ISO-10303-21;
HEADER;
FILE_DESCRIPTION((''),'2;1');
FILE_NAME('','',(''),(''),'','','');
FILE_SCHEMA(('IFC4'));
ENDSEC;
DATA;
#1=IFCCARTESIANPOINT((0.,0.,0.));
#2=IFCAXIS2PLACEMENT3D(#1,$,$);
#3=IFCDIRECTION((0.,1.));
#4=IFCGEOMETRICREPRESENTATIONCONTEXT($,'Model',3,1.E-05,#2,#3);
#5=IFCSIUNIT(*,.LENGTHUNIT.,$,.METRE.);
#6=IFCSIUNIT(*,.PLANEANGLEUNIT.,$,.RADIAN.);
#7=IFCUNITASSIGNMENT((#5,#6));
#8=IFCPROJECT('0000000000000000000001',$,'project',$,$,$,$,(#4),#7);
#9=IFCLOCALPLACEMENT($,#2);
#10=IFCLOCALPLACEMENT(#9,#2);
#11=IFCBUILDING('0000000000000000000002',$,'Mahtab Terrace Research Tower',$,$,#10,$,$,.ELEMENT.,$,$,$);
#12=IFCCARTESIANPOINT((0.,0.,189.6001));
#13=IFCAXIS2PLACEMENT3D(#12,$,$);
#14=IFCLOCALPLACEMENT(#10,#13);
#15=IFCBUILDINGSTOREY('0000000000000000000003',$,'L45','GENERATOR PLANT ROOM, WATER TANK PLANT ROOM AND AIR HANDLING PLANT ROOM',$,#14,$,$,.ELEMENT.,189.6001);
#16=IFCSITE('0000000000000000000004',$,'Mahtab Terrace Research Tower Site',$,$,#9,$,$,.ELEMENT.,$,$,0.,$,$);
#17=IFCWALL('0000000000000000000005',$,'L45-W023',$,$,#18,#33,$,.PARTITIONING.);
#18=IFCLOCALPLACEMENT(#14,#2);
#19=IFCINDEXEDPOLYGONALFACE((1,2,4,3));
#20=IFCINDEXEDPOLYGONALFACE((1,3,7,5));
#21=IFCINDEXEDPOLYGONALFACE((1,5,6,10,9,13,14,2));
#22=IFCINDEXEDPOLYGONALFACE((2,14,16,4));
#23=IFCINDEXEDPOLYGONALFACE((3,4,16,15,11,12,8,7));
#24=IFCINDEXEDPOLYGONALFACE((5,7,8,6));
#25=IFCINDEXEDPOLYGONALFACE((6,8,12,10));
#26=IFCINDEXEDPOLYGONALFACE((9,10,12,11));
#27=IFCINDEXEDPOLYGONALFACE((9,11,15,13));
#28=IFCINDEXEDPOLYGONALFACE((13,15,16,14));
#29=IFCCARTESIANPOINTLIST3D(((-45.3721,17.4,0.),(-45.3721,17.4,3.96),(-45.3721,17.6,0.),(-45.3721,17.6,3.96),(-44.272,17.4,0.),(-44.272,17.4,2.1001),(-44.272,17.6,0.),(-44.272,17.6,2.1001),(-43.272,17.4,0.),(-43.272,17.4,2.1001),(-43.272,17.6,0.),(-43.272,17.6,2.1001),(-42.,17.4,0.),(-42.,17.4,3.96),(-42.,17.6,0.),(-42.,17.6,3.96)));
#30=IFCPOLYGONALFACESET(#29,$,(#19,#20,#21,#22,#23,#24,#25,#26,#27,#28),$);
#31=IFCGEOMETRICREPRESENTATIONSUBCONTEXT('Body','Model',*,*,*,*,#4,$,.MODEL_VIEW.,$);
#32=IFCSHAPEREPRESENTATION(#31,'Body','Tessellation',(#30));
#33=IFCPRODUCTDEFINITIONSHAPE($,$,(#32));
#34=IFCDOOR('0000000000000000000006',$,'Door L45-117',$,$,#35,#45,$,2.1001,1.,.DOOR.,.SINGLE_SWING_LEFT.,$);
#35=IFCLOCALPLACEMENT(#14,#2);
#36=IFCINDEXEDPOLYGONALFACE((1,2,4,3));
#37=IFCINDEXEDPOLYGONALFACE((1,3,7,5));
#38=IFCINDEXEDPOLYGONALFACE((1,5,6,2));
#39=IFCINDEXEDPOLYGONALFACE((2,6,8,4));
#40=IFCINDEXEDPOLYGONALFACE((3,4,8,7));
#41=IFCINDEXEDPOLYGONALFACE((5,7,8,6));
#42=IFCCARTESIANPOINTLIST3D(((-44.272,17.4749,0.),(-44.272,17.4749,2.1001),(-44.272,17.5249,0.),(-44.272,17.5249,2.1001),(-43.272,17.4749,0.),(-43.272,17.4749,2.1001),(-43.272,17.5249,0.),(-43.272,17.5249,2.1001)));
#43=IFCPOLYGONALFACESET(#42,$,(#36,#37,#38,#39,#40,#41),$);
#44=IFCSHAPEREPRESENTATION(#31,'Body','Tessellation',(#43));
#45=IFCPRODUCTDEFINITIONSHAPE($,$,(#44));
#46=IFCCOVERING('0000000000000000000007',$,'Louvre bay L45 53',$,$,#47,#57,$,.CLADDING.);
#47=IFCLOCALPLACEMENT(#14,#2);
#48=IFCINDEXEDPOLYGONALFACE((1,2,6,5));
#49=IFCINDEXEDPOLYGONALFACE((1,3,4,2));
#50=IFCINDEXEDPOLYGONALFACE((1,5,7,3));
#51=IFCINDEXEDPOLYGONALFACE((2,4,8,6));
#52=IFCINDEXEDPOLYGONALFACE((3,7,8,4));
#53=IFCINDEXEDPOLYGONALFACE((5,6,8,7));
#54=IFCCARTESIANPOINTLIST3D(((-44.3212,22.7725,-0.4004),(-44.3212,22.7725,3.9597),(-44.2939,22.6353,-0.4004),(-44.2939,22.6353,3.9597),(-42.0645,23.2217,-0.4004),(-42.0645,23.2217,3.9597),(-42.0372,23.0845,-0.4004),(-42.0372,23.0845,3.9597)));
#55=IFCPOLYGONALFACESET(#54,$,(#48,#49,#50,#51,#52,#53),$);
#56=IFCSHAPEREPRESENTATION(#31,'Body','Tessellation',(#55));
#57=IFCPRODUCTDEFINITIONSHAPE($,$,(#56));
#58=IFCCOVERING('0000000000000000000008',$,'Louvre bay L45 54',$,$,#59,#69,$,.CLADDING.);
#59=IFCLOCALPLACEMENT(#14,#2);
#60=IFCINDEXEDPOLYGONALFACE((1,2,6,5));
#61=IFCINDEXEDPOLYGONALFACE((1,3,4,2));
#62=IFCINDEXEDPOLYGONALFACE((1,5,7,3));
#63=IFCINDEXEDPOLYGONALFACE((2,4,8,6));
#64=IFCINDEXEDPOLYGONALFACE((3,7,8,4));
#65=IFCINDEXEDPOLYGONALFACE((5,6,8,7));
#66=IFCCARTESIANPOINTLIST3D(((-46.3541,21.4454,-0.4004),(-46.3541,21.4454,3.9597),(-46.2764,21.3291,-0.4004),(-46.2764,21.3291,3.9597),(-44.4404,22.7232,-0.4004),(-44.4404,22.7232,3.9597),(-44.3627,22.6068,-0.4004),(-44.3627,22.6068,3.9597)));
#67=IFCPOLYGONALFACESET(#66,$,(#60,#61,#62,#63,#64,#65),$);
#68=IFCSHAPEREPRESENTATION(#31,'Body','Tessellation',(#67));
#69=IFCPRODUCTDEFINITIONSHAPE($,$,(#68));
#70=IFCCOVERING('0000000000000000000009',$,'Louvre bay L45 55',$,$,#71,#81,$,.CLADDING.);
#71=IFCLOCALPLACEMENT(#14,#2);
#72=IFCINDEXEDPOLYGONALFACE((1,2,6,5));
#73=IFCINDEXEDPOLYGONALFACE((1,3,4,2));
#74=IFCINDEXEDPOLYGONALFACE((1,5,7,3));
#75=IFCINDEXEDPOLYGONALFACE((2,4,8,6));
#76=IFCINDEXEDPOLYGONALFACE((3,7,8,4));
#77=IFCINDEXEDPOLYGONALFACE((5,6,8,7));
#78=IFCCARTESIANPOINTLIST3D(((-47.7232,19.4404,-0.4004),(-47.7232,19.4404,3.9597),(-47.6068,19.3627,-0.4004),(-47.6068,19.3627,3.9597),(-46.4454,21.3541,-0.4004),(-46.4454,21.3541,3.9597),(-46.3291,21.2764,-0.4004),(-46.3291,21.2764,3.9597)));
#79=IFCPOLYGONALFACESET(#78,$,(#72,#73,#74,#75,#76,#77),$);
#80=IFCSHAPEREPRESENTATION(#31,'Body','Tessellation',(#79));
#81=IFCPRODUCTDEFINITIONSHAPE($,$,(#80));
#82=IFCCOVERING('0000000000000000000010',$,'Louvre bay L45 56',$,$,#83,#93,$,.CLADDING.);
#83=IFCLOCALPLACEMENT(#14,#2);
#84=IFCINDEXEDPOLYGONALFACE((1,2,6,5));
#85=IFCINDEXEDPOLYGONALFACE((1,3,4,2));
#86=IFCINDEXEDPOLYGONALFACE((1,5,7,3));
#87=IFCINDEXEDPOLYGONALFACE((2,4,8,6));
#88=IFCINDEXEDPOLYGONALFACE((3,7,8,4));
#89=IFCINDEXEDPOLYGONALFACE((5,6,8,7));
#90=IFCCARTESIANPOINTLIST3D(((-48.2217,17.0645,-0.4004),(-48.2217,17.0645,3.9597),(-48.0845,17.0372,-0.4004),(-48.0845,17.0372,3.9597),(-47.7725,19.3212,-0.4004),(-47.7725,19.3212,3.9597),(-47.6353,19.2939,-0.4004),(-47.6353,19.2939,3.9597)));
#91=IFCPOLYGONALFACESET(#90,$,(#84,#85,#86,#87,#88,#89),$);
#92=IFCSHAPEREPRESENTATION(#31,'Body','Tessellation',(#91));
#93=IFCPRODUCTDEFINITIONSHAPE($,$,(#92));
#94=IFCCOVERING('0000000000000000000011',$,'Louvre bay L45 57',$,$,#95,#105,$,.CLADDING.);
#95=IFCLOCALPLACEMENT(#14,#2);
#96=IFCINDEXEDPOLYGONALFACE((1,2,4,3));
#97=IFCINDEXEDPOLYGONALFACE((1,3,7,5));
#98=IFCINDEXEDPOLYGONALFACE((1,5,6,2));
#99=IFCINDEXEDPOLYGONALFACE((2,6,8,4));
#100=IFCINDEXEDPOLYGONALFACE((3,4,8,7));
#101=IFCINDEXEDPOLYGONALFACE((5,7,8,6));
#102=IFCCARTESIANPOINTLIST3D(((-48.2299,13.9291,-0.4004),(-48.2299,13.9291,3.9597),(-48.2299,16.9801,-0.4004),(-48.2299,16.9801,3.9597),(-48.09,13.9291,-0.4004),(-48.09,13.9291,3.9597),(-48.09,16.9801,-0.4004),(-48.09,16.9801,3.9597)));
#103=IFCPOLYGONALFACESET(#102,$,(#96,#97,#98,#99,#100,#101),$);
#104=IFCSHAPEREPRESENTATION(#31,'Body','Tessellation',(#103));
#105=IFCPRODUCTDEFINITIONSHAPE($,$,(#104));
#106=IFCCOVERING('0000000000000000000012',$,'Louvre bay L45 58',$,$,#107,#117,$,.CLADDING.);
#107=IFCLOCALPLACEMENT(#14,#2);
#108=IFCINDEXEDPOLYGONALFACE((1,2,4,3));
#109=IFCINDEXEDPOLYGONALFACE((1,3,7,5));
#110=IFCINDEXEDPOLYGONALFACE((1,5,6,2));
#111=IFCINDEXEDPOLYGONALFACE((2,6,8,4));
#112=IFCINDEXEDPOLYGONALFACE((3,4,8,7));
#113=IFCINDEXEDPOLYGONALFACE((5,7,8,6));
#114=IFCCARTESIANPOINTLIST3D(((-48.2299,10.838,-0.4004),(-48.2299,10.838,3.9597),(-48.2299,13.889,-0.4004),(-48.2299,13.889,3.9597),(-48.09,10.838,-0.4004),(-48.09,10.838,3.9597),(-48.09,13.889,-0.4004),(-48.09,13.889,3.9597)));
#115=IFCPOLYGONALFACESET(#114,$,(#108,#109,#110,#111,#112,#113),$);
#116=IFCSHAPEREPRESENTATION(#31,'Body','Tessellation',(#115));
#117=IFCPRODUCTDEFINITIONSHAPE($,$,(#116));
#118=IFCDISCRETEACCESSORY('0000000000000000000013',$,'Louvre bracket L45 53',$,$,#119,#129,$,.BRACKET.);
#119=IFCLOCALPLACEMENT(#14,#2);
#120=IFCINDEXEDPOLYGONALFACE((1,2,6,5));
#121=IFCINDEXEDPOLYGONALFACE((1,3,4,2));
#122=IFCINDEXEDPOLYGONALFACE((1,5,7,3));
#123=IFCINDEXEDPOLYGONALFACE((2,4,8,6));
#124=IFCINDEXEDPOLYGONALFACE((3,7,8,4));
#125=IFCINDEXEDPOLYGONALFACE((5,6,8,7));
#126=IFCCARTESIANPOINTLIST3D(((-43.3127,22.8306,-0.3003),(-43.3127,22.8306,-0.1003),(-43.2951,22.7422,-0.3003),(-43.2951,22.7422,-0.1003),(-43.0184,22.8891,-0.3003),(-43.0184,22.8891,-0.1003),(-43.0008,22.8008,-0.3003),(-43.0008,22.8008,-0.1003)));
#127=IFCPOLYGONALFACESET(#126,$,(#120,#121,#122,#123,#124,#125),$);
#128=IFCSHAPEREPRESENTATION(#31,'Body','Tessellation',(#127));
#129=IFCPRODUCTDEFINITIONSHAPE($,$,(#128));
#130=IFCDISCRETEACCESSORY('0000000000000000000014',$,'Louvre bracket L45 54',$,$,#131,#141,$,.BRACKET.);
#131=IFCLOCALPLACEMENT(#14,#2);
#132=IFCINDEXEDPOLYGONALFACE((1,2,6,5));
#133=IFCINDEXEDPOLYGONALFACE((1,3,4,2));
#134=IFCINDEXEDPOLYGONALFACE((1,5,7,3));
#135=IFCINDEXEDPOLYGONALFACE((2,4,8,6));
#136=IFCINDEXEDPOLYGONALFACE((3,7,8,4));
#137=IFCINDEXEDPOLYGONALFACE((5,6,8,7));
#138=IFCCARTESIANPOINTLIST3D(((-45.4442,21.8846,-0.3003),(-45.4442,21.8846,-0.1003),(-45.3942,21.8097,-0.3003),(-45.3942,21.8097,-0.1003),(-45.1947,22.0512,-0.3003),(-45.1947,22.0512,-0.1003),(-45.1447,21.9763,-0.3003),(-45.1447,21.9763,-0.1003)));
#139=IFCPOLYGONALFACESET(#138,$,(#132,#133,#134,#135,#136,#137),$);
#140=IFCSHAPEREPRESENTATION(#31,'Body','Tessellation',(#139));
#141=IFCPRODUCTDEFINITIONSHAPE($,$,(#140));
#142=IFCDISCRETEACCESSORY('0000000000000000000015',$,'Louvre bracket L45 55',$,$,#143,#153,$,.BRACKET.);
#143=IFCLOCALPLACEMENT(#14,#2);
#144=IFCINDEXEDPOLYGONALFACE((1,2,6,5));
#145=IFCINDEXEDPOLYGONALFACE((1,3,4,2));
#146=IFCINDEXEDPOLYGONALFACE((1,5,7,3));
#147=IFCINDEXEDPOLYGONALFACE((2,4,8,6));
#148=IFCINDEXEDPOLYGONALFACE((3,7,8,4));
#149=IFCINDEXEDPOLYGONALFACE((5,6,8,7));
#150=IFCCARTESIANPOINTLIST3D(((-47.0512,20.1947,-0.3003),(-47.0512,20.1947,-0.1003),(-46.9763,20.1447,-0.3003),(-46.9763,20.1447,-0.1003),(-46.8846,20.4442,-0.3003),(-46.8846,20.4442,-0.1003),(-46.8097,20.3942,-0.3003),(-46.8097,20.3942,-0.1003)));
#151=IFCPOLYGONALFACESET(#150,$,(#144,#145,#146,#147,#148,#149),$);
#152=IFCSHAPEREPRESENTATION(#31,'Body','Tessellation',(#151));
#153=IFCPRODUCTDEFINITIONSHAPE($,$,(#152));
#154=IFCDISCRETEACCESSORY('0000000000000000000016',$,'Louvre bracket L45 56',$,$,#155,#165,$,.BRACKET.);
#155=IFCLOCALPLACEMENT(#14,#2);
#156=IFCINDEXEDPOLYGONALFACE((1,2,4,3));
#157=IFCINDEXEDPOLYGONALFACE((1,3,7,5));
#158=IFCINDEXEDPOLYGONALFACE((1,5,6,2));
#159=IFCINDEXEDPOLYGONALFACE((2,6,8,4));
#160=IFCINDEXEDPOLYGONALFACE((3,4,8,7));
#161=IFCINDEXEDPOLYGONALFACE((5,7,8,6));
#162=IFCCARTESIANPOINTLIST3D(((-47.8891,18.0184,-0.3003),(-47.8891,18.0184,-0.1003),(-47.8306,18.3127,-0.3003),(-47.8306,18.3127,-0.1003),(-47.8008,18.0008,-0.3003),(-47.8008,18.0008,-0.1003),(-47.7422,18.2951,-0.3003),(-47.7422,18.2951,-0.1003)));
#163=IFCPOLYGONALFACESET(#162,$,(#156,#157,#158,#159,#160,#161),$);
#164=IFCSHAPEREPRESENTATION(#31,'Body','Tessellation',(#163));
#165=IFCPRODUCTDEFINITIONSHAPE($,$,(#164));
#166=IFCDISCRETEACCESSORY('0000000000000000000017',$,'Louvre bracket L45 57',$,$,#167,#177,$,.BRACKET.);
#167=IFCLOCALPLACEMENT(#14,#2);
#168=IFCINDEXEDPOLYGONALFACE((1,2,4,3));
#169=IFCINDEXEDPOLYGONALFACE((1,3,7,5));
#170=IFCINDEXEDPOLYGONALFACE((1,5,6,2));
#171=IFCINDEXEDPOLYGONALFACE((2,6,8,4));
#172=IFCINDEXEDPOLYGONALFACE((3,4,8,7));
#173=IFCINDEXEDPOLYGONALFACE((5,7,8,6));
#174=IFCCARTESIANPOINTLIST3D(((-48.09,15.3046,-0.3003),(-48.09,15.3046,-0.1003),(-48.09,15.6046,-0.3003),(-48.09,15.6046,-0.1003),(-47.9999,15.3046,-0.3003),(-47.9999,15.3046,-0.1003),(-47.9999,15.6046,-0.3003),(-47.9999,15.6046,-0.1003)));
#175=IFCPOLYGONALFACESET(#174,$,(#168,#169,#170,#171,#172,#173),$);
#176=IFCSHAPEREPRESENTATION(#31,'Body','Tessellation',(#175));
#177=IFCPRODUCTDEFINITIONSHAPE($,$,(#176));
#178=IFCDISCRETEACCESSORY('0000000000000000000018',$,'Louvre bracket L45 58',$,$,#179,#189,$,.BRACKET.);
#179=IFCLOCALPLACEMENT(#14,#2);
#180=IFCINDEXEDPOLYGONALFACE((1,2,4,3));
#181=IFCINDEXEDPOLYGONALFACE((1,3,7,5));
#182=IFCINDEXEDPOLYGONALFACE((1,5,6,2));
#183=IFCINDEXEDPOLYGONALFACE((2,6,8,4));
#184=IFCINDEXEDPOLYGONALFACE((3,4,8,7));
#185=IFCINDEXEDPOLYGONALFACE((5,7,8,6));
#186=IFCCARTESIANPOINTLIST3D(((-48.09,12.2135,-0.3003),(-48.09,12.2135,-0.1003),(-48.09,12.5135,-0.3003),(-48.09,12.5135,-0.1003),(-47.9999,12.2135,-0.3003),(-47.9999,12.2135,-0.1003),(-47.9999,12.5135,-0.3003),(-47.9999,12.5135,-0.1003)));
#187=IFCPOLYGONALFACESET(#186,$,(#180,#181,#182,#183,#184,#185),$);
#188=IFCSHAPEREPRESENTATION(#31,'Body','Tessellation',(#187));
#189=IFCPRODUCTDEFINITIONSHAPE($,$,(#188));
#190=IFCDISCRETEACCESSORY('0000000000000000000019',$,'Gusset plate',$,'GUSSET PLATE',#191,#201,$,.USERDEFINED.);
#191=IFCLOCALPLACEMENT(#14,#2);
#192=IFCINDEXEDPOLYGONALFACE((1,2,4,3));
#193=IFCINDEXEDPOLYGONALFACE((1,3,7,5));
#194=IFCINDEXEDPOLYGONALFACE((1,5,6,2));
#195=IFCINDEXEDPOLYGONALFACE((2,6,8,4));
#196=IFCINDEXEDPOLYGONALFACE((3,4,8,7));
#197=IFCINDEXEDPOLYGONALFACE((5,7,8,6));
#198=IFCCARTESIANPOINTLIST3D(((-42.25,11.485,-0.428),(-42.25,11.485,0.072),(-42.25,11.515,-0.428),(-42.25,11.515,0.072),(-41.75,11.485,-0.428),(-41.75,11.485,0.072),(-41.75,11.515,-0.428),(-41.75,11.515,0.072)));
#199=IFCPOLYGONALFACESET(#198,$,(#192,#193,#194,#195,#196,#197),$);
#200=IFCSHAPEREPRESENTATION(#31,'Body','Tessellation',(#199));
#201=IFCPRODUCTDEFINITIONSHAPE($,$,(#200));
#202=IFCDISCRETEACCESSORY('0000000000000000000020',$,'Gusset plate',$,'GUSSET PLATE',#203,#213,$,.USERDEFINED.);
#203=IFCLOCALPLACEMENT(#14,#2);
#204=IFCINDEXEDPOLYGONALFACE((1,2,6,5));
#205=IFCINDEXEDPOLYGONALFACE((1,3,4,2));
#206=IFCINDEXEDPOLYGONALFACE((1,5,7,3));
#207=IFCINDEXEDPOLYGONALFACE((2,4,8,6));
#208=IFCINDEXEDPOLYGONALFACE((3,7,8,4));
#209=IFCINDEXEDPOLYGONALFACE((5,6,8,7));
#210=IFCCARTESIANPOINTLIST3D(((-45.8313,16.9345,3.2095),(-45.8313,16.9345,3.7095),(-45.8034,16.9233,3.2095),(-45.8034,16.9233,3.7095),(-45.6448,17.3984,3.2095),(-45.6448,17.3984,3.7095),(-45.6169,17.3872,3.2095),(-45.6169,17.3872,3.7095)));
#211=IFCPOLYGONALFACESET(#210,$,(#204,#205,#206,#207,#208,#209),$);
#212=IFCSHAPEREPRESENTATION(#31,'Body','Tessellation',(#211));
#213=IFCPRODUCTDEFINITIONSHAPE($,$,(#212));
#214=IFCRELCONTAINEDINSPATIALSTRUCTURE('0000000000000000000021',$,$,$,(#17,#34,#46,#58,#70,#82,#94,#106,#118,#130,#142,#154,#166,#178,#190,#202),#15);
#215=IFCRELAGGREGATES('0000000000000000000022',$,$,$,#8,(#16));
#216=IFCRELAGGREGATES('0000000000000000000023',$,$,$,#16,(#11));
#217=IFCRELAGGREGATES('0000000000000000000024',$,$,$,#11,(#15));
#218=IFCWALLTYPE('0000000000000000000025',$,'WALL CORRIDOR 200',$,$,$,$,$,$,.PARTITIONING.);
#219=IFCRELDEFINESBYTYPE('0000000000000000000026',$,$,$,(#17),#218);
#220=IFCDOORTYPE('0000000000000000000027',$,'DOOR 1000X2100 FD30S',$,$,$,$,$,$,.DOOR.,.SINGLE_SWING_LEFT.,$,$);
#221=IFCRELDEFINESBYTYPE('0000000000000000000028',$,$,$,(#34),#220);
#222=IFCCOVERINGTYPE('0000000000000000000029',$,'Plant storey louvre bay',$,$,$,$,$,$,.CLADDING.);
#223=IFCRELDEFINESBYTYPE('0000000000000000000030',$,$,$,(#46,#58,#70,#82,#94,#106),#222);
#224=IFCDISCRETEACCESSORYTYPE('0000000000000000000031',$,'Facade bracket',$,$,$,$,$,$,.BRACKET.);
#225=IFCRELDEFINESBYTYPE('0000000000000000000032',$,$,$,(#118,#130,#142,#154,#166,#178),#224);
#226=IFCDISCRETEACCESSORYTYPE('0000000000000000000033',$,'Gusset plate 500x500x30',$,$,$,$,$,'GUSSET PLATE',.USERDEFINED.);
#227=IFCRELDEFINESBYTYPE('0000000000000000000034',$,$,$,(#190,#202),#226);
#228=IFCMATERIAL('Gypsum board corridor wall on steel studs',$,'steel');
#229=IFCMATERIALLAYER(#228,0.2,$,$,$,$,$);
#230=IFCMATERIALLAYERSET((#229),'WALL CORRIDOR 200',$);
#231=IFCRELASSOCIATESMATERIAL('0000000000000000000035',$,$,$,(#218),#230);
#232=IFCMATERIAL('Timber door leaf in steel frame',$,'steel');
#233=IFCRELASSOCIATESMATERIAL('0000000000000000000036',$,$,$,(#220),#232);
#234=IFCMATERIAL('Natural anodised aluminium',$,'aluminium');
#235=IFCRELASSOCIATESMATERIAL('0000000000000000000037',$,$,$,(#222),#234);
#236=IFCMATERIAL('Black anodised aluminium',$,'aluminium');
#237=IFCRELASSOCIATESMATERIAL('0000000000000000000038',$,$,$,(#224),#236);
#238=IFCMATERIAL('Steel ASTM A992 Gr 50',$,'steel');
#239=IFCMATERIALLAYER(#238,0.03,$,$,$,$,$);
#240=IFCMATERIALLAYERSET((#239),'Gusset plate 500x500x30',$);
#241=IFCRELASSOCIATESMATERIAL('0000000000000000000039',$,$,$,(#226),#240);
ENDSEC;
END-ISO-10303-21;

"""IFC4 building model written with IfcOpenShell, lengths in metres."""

from ifc_helpers import new_model, si_unit, direction, frame, frame_2d, origin, origin_2d, place, context, subcontext, project, spatial, rectangle, extrude, material, layer, layer_set, type_object, element, fill, save


model = new_model("IFC4")

# Units and contexts
model_context = context("Model", 3, precision=1e-05, world=origin(), true_north=direction((0.0, 1.0)))
body_context = subcontext(model_context, "Body", "Model", "MODEL_VIEW")
ifc_project = project(units=[si_unit("LENGTHUNIT", "METRE"), si_unit("PLANEANGLEUNIT", "RADIAN")], contexts=[model_context])

# Site, building, storey
site_placement = place(None, origin())
site = spatial("IfcSite", under=ifc_project, at=site_placement, Name="Mahtab Terrace Research Tower Site", CompositionType="ELEMENT", RefElevation=0.0)
building_placement = place(site_placement, origin())
building = spatial("IfcBuilding", under=site, at=building_placement, Name="Mahtab Terrace Research Tower", CompositionType="ELEMENT")
storey_placement = place(building_placement, frame((0.0, 0.0, 189.6001)))
storey = spatial("IfcBuildingStorey", under=building, at=storey_placement, Name="L45", Description="GENERATOR PLANT ROOM, WATER TANK PLANT ROOM AND AIR HANDLING PLANT ROOM", CompositionType="ELEMENT", Elevation=189.6001)

# Shared definitions
ifc_material_1 = material(Name="Steel ASTM A992 Gr 50", Category="steel")

# Wall, opening, door
ifc_material_2 = material(Name="Gypsum board corridor wall on steel studs", Category="steel")
ifc_layer_1 = layer(ifc_material_2, 0.2)
ifc_layer_set_1 = layer_set([ifc_layer_1], Name="WALL CORRIDOR 200")
wall_type = type_object("IfcWallType", Name="WALL CORRIDOR 200", PredefinedType="PARTITIONING", material=ifc_layer_set_1)
ifc_material_3 = material(Name="Timber door leaf in steel frame", Category="steel")
wall_1_placement = place(storey_placement, frame((-45.3721, 17.5, 0.0), z_axis=(0.0, 0.0, 1.0), x_axis=(1.0, 0.0, 0.0)))
wall_1 = element("IfcWall", 1, at=wall_1_placement, inside=storey, type_object=wall_type, Name="L45-W023", PredefinedType="PARTITIONING", context=body_context, shape_type="SweptSolid", body=[
    extrude(rectangle(XDim=3.3721, YDim=0.2, at=frame_2d((1.686, 0.0))), origin(), (0.0, 0.0, 1.0), 3.96),
])
opening_1_placement = place(wall_1_placement, frame((1.1001, 0.0, 0.0)))
opening_1 = element("IfcOpeningElement", 2, at=opening_1_placement, cuts=wall_1, PredefinedType="OPENING", context=body_context, shape_type="SweptSolid", body=[
    extrude(rectangle(XDim=1.0, YDim=2.1001, at=frame_2d((0.5, 1.05))), frame((0.0, 0.1099, 0.0), z_axis=(0.0, -1.0, 0.0), x_axis=(1.0, 0.0, 0.0)), (0.0, 0.0, 1.0), 0.22),
])
door_type_1 = type_object("IfcDoorType", Name="DOOR 1000X2100 FD30S", OperationType="SINGLE_SWING_LEFT", PredefinedType="DOOR", material=ifc_material_3)
door_1_placement = place(opening_1_placement, origin())
door_1 = element("IfcDoor", 3, at=door_1_placement, inside=storey, type_object=door_type_1, Name="Door L45-117", OperationType="SINGLE_SWING_LEFT", OverallHeight=2.1001, OverallWidth=1.0, PredefinedType="DOOR", context=body_context, shape_type="SweptSolid", body=[
    extrude(rectangle(XDim=1.0, YDim=2.1001, at=frame_2d((0.5, 1.05))), frame((0.0, 0.0249, 0.0), z_axis=(0.0, -1.0, 0.0), x_axis=(1.0, 0.0, 0.0)), (0.0, 0.0, 1.0), 0.05),
])
fill(opening_1, door_1)

# Coverings
ifc_material_4 = material(Name="Natural anodised aluminium", Category="aluminium")
covering_type = type_object("IfcCoveringType", Name="Plant storey louvre bay", PredefinedType="CLADDING", material=ifc_material_4)
for number, where, z_axis, x_axis, name in (
    (4, (-43.1792, 22.9285, -0.4004), (0.0, 0.0, 1.0), (-0.980761, -0.195212, 0.0), "Louvre bay L45 53"),
    (5, (-45.3584, 22.0261, -0.4004), (0.0, 0.0, 1.0), (-0.831656, -0.555291, 0.0), "Louvre bay L45 54"),
    (6, (-47.0261, 20.3584, -0.4004), (0.0, 0.0, 1.0), (-0.555291, -0.831656, 0.0), "Louvre bay L45 55"),
    (7, (-47.9285, 18.1792, -0.4004), (0.0, 0.0, 1.0), (-0.195212, -0.980761, 0.0), "Louvre bay L45 56"),
):
    element("IfcCovering", number, at=place(storey_placement, frame(where, z_axis=z_axis, x_axis=x_axis)), inside=storey, type_object=covering_type, Name=name, PredefinedType="CLADDING", context=body_context, shape_type="SweptSolid", body=[
        extrude(rectangle(XDim=2.301, YDim=0.1399, at=origin_2d()), origin(), (0.0, 0.0, 1.0), 4.3601),
    ])
for number, where, z_axis, x_axis, name in (
    (8, (-48.1599, 15.4546, -0.4004), (0.0, 0.0, 1.0), (0.0, -1.0, 0.0), "Louvre bay L45 57"),
    (9, (-48.1599, 12.3635, -0.4004), (0.0, 0.0, 1.0), (0.0, -1.0, 0.0), "Louvre bay L45 58"),
):
    element("IfcCovering", number, at=place(storey_placement, frame(where, z_axis=z_axis, x_axis=x_axis)), inside=storey, type_object=covering_type, Name=name, PredefinedType="CLADDING", context=body_context, shape_type="SweptSolid", body=[
        extrude(rectangle(XDim=3.051, YDim=0.1399, at=origin_2d()), origin(), (0.0, 0.0, 1.0), 4.3601),
    ])

# Discrete accessories
ifc_material_5 = material(Name="Black anodised aluminium", Category="aluminium")
discrete_accessory_type_1 = type_object("IfcDiscreteAccessoryType", Name="Facade bracket", PredefinedType="BRACKET", material=ifc_material_5)
for number, where, z_axis, x_axis, name in (
    (10, (-43.1567, 22.8157, -0.3003), (0.0, 0.0, 1.0), (-0.980761, -0.195212, 0.0), "Louvre bracket L45 53"),
    (11, (-45.2944, 21.9304, -0.3003), (0.0, 0.0, 1.0), (-0.831656, -0.555291, 0.0), "Louvre bracket L45 54"),
    (12, (-46.9304, 20.2944, -0.3003), (0.0, 0.0, 1.0), (-0.555291, -0.831656, 0.0), "Louvre bracket L45 55"),
    (13, (-47.8157, 18.1567, -0.3003), (0.0, 0.0, 1.0), (-0.195212, -0.980761, 0.0), "Louvre bracket L45 56"),
    (14, (-48.0449, 15.4546, -0.3003), (0.0, 0.0, 1.0), (0.0, -1.0, 0.0), "Louvre bracket L45 57"),
    (15, (-48.0449, 12.3635, -0.3003), (0.0, 0.0, 1.0), (0.0, -1.0, 0.0), "Louvre bracket L45 58"),
):
    element("IfcDiscreteAccessory", number, at=place(storey_placement, frame(where, z_axis=z_axis, x_axis=x_axis)), inside=storey, type_object=discrete_accessory_type_1, Name=name, PredefinedType="BRACKET", context=body_context, shape_type="SweptSolid", body=[
        extrude(rectangle(XDim=0.3, YDim=0.0901, at=origin_2d()), origin(), (0.0, 0.0, 1.0), 0.2),
    ])
ifc_layer_2 = layer(ifc_material_1, 0.03)
ifc_layer_set_2 = layer_set([ifc_layer_2], Name="Gusset plate 500x500x30")
discrete_accessory_type_2 = type_object("IfcDiscreteAccessoryType", Name="Gusset plate 500x500x30", ElementType="GUSSET PLATE", PredefinedType="USERDEFINED", material=ifc_layer_set_2)
for number, where, z_axis, x_axis, name in (
    (16, (-42.0, 11.5, -0.428), (0.0, 0.0, 1.0), (1.0, 0.0, 0.0), "Gusset plate"),
    (17, (-45.7241, 17.1609, 3.2095), (0.0, 0.0, 1.0), (0.373036, 0.927817, 0.0), "Gusset plate"),
):
    element("IfcDiscreteAccessory", number, at=place(storey_placement, frame(where, z_axis=z_axis, x_axis=x_axis)), inside=storey, type_object=discrete_accessory_type_2, Name=name, ObjectType="GUSSET PLATE", PredefinedType="USERDEFINED", context=body_context, shape_type="SweptSolid", body=[
        extrude(rectangle(XDim=0.5, YDim=0.03, at=origin_2d()), origin(), (0.0, 0.0, 1.0), 0.5),
    ])

save(model, "model.ifc")
